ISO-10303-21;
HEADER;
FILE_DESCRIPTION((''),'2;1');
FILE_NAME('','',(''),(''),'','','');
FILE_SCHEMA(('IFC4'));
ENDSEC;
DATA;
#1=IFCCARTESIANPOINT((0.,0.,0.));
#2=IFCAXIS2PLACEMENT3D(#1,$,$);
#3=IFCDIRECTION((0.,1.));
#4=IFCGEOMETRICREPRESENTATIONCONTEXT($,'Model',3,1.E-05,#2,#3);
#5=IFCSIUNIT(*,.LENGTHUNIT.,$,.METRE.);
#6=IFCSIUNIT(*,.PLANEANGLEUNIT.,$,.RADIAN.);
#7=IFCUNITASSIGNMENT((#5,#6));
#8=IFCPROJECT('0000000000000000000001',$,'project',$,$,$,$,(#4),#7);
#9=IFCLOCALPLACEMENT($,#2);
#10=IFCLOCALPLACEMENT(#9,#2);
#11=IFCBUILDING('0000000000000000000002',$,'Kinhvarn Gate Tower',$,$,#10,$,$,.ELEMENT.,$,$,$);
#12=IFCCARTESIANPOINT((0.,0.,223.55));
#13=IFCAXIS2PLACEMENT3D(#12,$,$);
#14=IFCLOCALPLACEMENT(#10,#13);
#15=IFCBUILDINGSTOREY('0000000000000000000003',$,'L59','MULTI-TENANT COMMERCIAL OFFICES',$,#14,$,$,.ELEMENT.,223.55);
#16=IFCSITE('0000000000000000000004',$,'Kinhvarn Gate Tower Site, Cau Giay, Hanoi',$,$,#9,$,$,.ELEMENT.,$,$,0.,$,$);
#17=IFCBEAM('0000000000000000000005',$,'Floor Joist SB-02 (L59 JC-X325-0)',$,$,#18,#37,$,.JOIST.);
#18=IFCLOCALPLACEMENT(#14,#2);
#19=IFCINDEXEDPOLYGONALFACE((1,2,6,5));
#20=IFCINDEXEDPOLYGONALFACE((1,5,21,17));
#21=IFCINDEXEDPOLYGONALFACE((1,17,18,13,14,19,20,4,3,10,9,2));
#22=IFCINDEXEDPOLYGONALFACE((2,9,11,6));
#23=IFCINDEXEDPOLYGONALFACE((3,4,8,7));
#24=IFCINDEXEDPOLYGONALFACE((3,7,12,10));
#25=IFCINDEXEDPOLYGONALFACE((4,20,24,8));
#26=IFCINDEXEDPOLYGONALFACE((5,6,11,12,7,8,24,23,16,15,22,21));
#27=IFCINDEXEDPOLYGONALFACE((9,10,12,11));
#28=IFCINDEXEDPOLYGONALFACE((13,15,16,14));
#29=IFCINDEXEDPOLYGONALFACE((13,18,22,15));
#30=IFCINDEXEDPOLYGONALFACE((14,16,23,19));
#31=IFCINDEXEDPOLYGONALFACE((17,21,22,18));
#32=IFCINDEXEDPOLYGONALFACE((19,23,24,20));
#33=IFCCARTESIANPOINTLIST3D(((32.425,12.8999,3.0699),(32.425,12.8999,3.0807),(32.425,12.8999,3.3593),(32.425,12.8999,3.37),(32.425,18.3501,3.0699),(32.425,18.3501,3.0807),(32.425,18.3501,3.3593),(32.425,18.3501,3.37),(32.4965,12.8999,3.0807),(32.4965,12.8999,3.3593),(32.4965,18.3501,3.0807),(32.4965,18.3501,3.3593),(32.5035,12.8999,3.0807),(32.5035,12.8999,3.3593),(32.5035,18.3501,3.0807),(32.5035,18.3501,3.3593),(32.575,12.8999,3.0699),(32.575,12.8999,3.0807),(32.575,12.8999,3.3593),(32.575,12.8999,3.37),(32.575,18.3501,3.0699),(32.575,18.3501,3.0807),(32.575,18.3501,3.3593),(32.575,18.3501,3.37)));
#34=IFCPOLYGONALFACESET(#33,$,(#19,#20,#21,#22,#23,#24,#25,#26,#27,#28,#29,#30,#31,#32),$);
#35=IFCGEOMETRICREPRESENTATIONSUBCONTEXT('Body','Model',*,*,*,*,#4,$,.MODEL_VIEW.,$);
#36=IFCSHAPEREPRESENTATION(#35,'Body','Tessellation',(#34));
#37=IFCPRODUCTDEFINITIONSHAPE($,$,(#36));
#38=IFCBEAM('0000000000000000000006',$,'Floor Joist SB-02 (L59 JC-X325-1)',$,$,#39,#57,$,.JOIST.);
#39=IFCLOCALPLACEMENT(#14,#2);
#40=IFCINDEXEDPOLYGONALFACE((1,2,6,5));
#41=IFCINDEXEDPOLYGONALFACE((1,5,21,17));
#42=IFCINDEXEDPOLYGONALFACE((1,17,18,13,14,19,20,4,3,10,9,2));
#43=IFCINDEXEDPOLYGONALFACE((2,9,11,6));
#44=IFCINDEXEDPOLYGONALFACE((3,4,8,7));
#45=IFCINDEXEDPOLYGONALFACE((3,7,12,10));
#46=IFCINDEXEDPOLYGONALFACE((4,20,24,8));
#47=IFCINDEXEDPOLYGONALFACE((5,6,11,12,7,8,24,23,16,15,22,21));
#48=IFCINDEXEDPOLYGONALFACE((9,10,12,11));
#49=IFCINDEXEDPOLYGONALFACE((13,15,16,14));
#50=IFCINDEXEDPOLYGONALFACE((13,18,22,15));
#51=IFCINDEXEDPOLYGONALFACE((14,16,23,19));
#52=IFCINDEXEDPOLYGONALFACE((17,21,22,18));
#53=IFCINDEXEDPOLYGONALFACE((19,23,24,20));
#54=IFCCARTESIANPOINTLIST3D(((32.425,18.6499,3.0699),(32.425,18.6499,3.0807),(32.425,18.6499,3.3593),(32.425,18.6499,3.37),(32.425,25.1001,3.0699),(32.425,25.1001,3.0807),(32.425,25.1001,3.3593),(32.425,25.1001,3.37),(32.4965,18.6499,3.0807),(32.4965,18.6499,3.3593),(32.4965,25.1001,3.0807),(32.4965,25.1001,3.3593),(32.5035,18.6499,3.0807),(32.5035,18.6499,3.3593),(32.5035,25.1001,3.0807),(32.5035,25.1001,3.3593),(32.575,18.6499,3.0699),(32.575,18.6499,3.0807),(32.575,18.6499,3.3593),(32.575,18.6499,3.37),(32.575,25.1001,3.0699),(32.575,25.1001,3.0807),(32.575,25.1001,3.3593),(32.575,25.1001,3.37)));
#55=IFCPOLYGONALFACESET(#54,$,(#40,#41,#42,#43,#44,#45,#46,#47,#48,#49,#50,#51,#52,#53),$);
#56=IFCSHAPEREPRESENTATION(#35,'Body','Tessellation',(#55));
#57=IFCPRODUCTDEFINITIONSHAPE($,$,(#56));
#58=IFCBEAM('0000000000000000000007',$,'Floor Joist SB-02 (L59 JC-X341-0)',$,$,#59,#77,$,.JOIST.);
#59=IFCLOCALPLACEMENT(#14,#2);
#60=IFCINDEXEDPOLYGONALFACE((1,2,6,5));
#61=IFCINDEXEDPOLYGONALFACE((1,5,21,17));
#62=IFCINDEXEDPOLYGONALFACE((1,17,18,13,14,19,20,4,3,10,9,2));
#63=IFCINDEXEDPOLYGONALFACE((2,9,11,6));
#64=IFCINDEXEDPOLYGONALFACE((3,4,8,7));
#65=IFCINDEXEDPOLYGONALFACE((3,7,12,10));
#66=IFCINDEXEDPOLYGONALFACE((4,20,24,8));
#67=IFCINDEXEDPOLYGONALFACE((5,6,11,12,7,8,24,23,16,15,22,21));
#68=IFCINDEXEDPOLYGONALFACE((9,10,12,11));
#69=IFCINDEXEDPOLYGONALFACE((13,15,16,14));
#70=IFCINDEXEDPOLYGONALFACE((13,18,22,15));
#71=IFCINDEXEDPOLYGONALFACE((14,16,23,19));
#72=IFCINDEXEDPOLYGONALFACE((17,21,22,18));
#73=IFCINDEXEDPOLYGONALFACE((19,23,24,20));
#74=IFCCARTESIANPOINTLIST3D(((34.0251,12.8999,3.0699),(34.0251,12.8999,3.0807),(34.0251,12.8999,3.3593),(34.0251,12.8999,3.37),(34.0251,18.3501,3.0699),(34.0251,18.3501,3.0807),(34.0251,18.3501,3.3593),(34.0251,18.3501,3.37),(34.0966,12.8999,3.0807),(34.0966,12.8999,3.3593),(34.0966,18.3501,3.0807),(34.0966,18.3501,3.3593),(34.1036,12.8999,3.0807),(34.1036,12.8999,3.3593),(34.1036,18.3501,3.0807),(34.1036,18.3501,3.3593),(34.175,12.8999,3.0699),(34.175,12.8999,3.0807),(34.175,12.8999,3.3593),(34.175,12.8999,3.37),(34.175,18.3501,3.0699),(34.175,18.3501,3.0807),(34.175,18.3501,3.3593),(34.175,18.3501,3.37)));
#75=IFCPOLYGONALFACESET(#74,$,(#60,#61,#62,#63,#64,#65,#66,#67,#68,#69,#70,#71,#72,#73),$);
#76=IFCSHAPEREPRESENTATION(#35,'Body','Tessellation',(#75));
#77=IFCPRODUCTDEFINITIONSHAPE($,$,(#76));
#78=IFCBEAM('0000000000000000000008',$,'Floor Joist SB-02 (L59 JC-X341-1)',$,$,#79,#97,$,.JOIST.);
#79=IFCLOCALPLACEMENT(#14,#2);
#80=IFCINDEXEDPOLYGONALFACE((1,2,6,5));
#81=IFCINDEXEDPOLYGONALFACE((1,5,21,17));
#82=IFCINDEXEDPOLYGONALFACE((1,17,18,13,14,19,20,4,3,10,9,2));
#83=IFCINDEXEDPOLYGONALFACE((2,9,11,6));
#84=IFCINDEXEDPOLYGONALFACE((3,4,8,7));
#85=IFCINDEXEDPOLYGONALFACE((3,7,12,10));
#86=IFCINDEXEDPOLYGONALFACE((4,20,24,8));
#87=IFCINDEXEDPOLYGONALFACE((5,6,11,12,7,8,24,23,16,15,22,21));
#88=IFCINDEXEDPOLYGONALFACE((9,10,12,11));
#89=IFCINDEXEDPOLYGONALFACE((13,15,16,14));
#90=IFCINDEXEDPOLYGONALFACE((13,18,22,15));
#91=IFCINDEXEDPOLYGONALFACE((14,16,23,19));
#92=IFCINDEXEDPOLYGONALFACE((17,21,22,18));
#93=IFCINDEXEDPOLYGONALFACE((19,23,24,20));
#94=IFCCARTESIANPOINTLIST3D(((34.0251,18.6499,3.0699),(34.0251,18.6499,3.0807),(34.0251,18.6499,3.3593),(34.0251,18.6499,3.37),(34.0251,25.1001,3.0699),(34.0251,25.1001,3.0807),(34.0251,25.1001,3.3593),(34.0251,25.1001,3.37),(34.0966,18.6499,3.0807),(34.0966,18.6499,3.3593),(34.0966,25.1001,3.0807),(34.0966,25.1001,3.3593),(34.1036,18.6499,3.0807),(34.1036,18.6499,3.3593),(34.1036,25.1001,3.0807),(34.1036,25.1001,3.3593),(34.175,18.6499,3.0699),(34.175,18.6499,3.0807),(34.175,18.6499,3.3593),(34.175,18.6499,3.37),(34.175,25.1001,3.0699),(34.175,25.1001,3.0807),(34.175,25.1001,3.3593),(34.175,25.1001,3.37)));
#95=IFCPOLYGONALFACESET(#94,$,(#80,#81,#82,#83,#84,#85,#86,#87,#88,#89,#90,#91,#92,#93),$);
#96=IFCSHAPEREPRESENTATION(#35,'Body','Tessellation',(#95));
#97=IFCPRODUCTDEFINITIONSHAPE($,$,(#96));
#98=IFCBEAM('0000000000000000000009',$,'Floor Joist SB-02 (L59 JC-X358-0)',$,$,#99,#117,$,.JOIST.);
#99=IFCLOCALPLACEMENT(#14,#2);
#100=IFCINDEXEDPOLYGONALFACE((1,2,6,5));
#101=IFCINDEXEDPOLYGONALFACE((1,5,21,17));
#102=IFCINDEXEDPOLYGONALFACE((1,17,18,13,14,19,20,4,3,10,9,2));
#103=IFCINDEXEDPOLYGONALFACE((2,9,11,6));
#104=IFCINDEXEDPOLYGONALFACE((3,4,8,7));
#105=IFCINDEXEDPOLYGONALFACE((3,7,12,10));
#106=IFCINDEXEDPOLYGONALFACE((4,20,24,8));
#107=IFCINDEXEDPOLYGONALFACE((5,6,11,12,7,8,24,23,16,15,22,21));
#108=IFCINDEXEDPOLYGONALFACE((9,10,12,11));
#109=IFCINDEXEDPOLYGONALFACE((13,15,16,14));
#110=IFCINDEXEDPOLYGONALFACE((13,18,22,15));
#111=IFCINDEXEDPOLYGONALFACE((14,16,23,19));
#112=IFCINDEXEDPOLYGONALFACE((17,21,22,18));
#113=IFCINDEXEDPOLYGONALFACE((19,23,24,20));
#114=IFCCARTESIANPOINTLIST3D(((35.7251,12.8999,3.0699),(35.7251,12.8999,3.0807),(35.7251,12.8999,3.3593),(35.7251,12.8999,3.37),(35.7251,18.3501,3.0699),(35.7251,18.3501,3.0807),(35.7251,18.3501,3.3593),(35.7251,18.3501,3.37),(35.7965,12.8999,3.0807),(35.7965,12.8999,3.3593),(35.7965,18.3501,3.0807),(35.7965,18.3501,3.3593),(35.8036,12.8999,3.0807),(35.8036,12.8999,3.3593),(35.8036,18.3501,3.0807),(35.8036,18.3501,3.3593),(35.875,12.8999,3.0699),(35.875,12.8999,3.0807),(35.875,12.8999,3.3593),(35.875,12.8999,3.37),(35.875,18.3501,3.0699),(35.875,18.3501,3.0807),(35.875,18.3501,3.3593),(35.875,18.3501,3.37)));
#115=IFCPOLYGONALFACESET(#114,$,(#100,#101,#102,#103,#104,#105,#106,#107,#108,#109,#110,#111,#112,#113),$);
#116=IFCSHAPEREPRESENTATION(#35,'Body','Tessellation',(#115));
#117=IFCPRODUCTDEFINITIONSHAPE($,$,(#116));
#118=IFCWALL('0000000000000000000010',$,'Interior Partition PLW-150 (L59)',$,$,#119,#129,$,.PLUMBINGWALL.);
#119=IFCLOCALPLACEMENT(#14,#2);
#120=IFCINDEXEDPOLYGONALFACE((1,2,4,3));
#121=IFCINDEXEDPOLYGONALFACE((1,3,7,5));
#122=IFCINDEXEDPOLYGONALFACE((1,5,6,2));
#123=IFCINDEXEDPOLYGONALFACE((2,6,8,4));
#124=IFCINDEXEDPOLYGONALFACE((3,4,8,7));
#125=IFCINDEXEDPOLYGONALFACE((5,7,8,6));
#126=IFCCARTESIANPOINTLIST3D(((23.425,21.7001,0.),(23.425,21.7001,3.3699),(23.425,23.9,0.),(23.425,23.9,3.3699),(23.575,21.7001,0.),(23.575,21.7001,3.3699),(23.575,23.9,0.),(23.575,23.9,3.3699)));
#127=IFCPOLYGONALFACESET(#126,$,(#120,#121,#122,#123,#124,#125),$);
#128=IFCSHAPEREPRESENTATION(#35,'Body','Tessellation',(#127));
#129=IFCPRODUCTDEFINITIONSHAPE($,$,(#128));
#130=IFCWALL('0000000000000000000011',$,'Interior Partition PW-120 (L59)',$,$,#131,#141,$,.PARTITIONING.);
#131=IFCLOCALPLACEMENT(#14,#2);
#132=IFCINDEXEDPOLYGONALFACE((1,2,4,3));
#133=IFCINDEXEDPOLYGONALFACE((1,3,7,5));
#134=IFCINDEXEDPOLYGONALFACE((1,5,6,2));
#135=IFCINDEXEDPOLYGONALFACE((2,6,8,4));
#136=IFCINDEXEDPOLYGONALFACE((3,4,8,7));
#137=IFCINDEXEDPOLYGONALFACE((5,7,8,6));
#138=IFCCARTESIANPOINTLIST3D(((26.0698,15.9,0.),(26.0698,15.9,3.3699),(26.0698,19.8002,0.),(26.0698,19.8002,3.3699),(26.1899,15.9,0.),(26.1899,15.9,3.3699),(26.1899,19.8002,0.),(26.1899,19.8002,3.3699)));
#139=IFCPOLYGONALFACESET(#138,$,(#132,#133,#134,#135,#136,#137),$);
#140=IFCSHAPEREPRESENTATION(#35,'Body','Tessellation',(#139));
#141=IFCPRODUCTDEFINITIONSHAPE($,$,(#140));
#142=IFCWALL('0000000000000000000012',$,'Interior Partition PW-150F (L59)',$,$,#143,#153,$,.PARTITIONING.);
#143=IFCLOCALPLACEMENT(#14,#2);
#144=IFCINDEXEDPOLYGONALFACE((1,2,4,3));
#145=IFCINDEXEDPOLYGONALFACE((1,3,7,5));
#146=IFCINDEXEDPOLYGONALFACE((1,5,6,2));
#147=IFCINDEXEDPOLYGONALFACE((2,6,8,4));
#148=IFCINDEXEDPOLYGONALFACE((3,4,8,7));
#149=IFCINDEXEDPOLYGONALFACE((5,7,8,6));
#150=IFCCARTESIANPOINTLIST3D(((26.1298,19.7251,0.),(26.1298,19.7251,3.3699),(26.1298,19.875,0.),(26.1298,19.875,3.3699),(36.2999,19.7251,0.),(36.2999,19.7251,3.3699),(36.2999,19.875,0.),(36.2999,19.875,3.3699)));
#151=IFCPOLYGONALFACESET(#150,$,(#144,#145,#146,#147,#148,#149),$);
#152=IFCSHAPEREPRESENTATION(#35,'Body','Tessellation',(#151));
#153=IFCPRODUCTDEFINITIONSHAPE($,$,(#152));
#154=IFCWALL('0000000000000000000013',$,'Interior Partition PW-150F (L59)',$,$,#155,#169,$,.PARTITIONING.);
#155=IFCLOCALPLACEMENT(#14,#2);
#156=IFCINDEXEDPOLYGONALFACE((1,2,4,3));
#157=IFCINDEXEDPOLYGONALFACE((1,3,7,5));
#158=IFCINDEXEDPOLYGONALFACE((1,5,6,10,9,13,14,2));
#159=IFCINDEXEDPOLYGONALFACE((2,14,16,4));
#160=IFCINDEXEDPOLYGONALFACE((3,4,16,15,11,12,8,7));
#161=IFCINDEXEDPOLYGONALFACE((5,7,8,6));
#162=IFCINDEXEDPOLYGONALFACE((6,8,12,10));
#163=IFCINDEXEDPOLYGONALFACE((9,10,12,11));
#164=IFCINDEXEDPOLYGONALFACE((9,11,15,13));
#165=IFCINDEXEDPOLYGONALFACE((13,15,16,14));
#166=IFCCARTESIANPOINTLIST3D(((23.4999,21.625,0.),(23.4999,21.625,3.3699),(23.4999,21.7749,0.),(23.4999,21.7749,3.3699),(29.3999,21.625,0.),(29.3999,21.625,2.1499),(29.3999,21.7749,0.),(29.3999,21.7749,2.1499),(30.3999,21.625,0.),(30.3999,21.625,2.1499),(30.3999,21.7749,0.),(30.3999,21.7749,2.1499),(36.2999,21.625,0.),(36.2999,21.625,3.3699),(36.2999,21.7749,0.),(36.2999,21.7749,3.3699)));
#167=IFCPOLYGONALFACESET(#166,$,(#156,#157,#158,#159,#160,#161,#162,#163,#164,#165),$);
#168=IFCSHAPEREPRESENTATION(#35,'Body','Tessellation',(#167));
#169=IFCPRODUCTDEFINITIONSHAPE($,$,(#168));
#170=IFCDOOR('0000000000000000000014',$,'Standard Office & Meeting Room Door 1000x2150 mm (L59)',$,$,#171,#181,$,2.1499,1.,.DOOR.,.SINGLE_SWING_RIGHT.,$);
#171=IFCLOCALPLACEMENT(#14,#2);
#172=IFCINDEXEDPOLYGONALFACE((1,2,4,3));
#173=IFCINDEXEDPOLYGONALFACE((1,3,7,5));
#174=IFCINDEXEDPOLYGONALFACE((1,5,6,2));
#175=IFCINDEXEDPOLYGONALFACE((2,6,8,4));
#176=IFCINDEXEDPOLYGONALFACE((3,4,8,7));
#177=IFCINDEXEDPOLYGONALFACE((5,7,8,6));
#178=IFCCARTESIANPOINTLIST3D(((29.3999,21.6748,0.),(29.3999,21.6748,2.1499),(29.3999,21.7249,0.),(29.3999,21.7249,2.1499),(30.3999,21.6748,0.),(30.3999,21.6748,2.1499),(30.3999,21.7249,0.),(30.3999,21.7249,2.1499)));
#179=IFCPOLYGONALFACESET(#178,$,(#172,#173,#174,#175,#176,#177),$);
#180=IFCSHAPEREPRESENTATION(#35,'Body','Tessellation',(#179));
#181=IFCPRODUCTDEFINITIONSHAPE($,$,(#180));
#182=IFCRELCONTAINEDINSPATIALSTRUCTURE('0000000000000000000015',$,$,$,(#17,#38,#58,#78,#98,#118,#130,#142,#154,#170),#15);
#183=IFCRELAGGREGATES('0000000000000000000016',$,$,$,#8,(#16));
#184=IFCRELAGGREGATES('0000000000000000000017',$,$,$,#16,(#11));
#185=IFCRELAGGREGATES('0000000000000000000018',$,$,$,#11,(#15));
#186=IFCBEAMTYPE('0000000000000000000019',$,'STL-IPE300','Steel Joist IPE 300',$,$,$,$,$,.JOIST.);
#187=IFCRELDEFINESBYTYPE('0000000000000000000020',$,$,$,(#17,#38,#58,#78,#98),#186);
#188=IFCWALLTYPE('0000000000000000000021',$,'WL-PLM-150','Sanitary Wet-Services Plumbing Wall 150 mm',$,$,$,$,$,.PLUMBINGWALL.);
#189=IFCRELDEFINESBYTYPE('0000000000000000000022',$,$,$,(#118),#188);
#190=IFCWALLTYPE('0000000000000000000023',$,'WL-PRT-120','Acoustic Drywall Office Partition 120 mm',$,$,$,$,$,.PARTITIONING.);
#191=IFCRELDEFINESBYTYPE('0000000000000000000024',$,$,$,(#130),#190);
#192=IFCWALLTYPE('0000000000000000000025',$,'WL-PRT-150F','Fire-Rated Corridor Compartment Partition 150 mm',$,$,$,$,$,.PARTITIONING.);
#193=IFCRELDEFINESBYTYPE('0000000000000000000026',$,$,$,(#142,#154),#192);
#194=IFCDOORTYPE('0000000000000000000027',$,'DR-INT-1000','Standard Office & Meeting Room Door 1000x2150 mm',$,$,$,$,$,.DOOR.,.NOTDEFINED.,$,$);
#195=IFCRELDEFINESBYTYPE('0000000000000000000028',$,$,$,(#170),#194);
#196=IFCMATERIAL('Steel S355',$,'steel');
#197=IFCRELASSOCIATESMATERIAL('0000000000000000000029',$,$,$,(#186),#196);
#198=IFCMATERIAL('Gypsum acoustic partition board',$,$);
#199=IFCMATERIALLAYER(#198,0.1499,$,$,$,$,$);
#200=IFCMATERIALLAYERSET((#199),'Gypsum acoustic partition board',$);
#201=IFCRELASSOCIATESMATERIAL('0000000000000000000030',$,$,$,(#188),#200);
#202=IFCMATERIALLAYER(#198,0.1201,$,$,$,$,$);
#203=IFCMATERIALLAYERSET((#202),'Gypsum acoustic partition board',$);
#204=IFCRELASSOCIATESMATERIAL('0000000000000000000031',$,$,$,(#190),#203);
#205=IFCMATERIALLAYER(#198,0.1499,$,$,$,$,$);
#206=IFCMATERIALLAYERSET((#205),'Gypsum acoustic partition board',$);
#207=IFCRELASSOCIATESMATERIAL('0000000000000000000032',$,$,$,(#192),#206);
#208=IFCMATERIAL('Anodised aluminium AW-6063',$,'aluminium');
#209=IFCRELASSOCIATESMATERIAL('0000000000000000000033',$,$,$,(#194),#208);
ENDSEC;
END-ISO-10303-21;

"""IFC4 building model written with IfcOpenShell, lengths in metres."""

from ifc_helpers import new_model, si_unit, direction, frame, frame_2d, origin, origin_2d, place, context, subcontext, project, spatial, rectangle, i_section, extrude, material, layer, layer_set, material_profile, profile_set, type_object, element, fill, save


model = new_model("IFC4")

# Units and contexts
model_context = context("Model", 3, precision=1e-05, world=origin(), true_north=direction((0.0, 1.0)))
body_context = subcontext(model_context, "Body", "Model", "MODEL_VIEW")
ifc_project = project(units=[si_unit("LENGTHUNIT", "METRE"), si_unit("PLANEANGLEUNIT", "RADIAN")], contexts=[model_context])

# Site, building, storey
site_placement = place(None, origin())
site = spatial("IfcSite", under=ifc_project, at=site_placement, Name="Kinhvarn Gate Tower Site, Cau Giay, Hanoi", CompositionType="ELEMENT", RefElevation=0.0)
building_placement = place(site_placement, origin())
building = spatial("IfcBuilding", under=site, at=building_placement, Name="Kinhvarn Gate Tower", CompositionType="ELEMENT")
storey_placement = place(building_placement, frame((0.0, 0.0, 223.55)))
storey = spatial("IfcBuildingStorey", under=building, at=storey_placement, Name="L59", Description="MULTI-TENANT COMMERCIAL OFFICES", CompositionType="ELEMENT", Elevation=223.55)

# Beams
ifc_material_1 = material(Name="Steel S355", Category="steel")
ifc_material_profile = material_profile(ifc_material_1, i_section(OverallWidth=0.1499, OverallDepth=0.3, WebThickness=0.0071, FlangeThickness=0.0107, at=origin_2d()), Name="IPE 300")
ifc_profile_set = profile_set([ifc_material_profile], Name="Steel S355")
beam_type = type_object("IfcBeamType", Name="STL-IPE300", Description="Steel Joist IPE 300", PredefinedType="JOIST", material=ifc_profile_set)
beam_1_placement = place(storey_placement, frame((32.5, 12.8999, 3.22), z_axis=(0.0, 1.0, 0.0), x_axis=(-1.0, 0.0, 0.0)))
element("IfcBeam", 1, at=beam_1_placement, inside=storey, type_object=beam_type, Name="Floor Joist SB-02 (L59 JC-X325-0)", PredefinedType="JOIST", context=body_context, shape_type="SweptSolid", body=[
    extrude(i_section(OverallWidth=0.1499, OverallDepth=0.3, WebThickness=0.0071, FlangeThickness=0.0107, at=origin_2d()), origin(), (0.0, 0.0, 1.0), 5.4502),
])
beam_2_placement = place(storey_placement, frame((32.5, 18.6499, 3.22), z_axis=(0.0, 1.0, 0.0), x_axis=(-1.0, 0.0, 0.0)))
element("IfcBeam", 2, at=beam_2_placement, inside=storey, type_object=beam_type, Name="Floor Joist SB-02 (L59 JC-X325-1)", PredefinedType="JOIST", context=body_context, shape_type="SweptSolid", body=[
    extrude(i_section(OverallWidth=0.1499, OverallDepth=0.3, WebThickness=0.0071, FlangeThickness=0.0107, at=origin_2d()), origin(), (0.0, 0.0, 1.0), 6.4502),
])
beam_3_placement = place(storey_placement, frame((34.1001, 12.8999, 3.22), z_axis=(0.0, 1.0, 0.0), x_axis=(-1.0, 0.0, 0.0)))
element("IfcBeam", 3, at=beam_3_placement, inside=storey, type_object=beam_type, Name="Floor Joist SB-02 (L59 JC-X341-0)", PredefinedType="JOIST", context=body_context, shape_type="SweptSolid", body=[
    extrude(i_section(OverallWidth=0.1499, OverallDepth=0.3, WebThickness=0.0071, FlangeThickness=0.0107, at=origin_2d()), origin(), (0.0, 0.0, 1.0), 5.4502),
])
beam_4_placement = place(storey_placement, frame((34.1001, 18.6499, 3.22), z_axis=(0.0, 1.0, 0.0), x_axis=(-1.0, 0.0, 0.0)))
element("IfcBeam", 4, at=beam_4_placement, inside=storey, type_object=beam_type, Name="Floor Joist SB-02 (L59 JC-X341-1)", PredefinedType="JOIST", context=body_context, shape_type="SweptSolid", body=[
    extrude(i_section(OverallWidth=0.1499, OverallDepth=0.3, WebThickness=0.0071, FlangeThickness=0.0107, at=origin_2d()), origin(), (0.0, 0.0, 1.0), 6.4502),
])
beam_5_placement = place(storey_placement, frame((35.8, 12.8999, 3.22), z_axis=(0.0, 1.0, 0.0), x_axis=(-1.0, 0.0, 0.0)))
element("IfcBeam", 5, at=beam_5_placement, inside=storey, type_object=beam_type, Name="Floor Joist SB-02 (L59 JC-X358-0)", PredefinedType="JOIST", context=body_context, shape_type="SweptSolid", body=[
    extrude(i_section(OverallWidth=0.1499, OverallDepth=0.3, WebThickness=0.0071, FlangeThickness=0.0107, at=origin_2d()), origin(), (0.0, 0.0, 1.0), 5.4502),
])

# Walls
ifc_material_2 = material(Name="Gypsum acoustic partition board")
ifc_layer_1 = layer(ifc_material_2, 0.1499)
ifc_layer_set_1 = layer_set([ifc_layer_1], Name="Gypsum acoustic partition board")
wall_type_1 = type_object("IfcWallType", Name="WL-PLM-150", Description="Sanitary Wet-Services Plumbing Wall 150 mm", PredefinedType="PLUMBINGWALL", material=ifc_layer_set_1)
wall_1_placement = place(storey_placement, frame((23.5, 21.7, 0.0), z_axis=(0.0, 0.0, 1.0), x_axis=(0.0, 1.0, 0.0)))
element("IfcWall", 6, at=wall_1_placement, inside=storey, type_object=wall_type_1, Name="Interior Partition PLW-150 (L59)", PredefinedType="PLUMBINGWALL", context=body_context, shape_type="SweptSolid", body=[
    extrude(rectangle(XDim=2.2, YDim=0.1499, at=frame_2d((1.1001, 0.0))), origin(), (0.0, 0.0, 1.0), 3.3699),
])
ifc_layer_2 = layer(ifc_material_2, 0.1201)
ifc_layer_set_2 = layer_set([ifc_layer_2], Name="Gypsum acoustic partition board")
wall_type_2 = type_object("IfcWallType", Name="WL-PRT-120", Description="Acoustic Drywall Office Partition 120 mm", PredefinedType="PARTITIONING", material=ifc_layer_set_2)
wall_2_placement = place(storey_placement, frame((26.1299, 15.8999, 0.0), z_axis=(0.0, 0.0, 1.0), x_axis=(0.0, 1.0, 0.0)))
element("IfcWall", 7, at=wall_2_placement, inside=storey, type_object=wall_type_2, Name="Interior Partition PW-120 (L59)", PredefinedType="PARTITIONING", context=body_context, shape_type="SweptSolid", body=[
    extrude(rectangle(XDim=3.9001, YDim=0.1201, at=frame_2d((1.9502, 0.0))), origin(), (0.0, 0.0, 1.0), 3.3699),
])
ifc_layer_3 = layer(ifc_material_2, 0.1499)
ifc_layer_set_3 = layer_set([ifc_layer_3], Name="Gypsum acoustic partition board")
wall_type_3 = type_object("IfcWallType", Name="WL-PRT-150F", Description="Fire-Rated Corridor Compartment Partition 150 mm", PredefinedType="PARTITIONING", material=ifc_layer_set_3)
wall_3_placement = place(storey_placement, frame((26.1299, 19.8, 0.0), z_axis=(0.0, 0.0, 1.0), x_axis=(1.0, 0.0, 0.0)))
element("IfcWall", 8, at=wall_3_placement, inside=storey, type_object=wall_type_3, Name="Interior Partition PW-150F (L59)", PredefinedType="PARTITIONING", context=body_context, shape_type="SweptSolid", body=[
    extrude(rectangle(XDim=10.1702, YDim=0.1499, at=frame_2d((5.085, 0.0))), origin(), (0.0, 0.0, 1.0), 3.3699),
])

# Wall, opening, door
wall_4_placement = place(storey_placement, frame((23.5, 21.7, 0.0), z_axis=(0.0, 0.0, 1.0), x_axis=(1.0, 0.0, 0.0)))
wall_4 = element("IfcWall", 9, at=wall_4_placement, inside=storey, type_object=wall_type_3, Name="Interior Partition PW-150F (L59)", PredefinedType="PARTITIONING", context=body_context, shape_type="SweptSolid", body=[
    extrude(rectangle(XDim=12.8, YDim=0.1499, at=frame_2d((6.3999, 0.0))), origin(), (0.0, 0.0, 1.0), 3.3699),
])
opening_1_placement = place(wall_4_placement, frame((5.8999, 0.0, 0.0)))
opening_1 = element("IfcOpeningElement", 10, at=opening_1_placement, cuts=wall_4, PredefinedType="OPENING", context=body_context, shape_type="SweptSolid", body=[
    extrude(rectangle(XDim=1.0, YDim=2.1499, at=frame_2d((0.5, 1.075))), frame((0.0, 0.085, 0.0), z_axis=(0.0, -1.0, 0.0), x_axis=(1.0, 0.0, 0.0)), (0.0, 0.0, 1.0), 0.1699),
])
ifc_material_3 = material(Name="Anodised aluminium AW-6063", Category="aluminium")
door_type_1 = type_object("IfcDoorType", Name="DR-INT-1000", Description="Standard Office & Meeting Room Door 1000x2150 mm", OperationType="NOTDEFINED", PredefinedType="DOOR", material=ifc_material_3)
door_1_placement = place(opening_1_placement, origin())
door_1 = element("IfcDoor", 11, at=door_1_placement, inside=storey, type_object=door_type_1, Name="Standard Office & Meeting Room Door 1000x2150 mm (L59)", OperationType="SINGLE_SWING_RIGHT", OverallHeight=2.1499, OverallWidth=1.0, PredefinedType="DOOR", context=body_context, shape_type="SweptSolid", body=[
    extrude(rectangle(XDim=1.0, YDim=2.1499, at=frame_2d((0.5, 1.075))), frame((0.0, 0.0249, 0.0), z_axis=(0.0, -1.0, 0.0), x_axis=(1.0, 0.0, 0.0)), (0.0, 0.0, 1.0), 0.05),
])
fill(opening_1, door_1)

save(model, "model.ifc")
